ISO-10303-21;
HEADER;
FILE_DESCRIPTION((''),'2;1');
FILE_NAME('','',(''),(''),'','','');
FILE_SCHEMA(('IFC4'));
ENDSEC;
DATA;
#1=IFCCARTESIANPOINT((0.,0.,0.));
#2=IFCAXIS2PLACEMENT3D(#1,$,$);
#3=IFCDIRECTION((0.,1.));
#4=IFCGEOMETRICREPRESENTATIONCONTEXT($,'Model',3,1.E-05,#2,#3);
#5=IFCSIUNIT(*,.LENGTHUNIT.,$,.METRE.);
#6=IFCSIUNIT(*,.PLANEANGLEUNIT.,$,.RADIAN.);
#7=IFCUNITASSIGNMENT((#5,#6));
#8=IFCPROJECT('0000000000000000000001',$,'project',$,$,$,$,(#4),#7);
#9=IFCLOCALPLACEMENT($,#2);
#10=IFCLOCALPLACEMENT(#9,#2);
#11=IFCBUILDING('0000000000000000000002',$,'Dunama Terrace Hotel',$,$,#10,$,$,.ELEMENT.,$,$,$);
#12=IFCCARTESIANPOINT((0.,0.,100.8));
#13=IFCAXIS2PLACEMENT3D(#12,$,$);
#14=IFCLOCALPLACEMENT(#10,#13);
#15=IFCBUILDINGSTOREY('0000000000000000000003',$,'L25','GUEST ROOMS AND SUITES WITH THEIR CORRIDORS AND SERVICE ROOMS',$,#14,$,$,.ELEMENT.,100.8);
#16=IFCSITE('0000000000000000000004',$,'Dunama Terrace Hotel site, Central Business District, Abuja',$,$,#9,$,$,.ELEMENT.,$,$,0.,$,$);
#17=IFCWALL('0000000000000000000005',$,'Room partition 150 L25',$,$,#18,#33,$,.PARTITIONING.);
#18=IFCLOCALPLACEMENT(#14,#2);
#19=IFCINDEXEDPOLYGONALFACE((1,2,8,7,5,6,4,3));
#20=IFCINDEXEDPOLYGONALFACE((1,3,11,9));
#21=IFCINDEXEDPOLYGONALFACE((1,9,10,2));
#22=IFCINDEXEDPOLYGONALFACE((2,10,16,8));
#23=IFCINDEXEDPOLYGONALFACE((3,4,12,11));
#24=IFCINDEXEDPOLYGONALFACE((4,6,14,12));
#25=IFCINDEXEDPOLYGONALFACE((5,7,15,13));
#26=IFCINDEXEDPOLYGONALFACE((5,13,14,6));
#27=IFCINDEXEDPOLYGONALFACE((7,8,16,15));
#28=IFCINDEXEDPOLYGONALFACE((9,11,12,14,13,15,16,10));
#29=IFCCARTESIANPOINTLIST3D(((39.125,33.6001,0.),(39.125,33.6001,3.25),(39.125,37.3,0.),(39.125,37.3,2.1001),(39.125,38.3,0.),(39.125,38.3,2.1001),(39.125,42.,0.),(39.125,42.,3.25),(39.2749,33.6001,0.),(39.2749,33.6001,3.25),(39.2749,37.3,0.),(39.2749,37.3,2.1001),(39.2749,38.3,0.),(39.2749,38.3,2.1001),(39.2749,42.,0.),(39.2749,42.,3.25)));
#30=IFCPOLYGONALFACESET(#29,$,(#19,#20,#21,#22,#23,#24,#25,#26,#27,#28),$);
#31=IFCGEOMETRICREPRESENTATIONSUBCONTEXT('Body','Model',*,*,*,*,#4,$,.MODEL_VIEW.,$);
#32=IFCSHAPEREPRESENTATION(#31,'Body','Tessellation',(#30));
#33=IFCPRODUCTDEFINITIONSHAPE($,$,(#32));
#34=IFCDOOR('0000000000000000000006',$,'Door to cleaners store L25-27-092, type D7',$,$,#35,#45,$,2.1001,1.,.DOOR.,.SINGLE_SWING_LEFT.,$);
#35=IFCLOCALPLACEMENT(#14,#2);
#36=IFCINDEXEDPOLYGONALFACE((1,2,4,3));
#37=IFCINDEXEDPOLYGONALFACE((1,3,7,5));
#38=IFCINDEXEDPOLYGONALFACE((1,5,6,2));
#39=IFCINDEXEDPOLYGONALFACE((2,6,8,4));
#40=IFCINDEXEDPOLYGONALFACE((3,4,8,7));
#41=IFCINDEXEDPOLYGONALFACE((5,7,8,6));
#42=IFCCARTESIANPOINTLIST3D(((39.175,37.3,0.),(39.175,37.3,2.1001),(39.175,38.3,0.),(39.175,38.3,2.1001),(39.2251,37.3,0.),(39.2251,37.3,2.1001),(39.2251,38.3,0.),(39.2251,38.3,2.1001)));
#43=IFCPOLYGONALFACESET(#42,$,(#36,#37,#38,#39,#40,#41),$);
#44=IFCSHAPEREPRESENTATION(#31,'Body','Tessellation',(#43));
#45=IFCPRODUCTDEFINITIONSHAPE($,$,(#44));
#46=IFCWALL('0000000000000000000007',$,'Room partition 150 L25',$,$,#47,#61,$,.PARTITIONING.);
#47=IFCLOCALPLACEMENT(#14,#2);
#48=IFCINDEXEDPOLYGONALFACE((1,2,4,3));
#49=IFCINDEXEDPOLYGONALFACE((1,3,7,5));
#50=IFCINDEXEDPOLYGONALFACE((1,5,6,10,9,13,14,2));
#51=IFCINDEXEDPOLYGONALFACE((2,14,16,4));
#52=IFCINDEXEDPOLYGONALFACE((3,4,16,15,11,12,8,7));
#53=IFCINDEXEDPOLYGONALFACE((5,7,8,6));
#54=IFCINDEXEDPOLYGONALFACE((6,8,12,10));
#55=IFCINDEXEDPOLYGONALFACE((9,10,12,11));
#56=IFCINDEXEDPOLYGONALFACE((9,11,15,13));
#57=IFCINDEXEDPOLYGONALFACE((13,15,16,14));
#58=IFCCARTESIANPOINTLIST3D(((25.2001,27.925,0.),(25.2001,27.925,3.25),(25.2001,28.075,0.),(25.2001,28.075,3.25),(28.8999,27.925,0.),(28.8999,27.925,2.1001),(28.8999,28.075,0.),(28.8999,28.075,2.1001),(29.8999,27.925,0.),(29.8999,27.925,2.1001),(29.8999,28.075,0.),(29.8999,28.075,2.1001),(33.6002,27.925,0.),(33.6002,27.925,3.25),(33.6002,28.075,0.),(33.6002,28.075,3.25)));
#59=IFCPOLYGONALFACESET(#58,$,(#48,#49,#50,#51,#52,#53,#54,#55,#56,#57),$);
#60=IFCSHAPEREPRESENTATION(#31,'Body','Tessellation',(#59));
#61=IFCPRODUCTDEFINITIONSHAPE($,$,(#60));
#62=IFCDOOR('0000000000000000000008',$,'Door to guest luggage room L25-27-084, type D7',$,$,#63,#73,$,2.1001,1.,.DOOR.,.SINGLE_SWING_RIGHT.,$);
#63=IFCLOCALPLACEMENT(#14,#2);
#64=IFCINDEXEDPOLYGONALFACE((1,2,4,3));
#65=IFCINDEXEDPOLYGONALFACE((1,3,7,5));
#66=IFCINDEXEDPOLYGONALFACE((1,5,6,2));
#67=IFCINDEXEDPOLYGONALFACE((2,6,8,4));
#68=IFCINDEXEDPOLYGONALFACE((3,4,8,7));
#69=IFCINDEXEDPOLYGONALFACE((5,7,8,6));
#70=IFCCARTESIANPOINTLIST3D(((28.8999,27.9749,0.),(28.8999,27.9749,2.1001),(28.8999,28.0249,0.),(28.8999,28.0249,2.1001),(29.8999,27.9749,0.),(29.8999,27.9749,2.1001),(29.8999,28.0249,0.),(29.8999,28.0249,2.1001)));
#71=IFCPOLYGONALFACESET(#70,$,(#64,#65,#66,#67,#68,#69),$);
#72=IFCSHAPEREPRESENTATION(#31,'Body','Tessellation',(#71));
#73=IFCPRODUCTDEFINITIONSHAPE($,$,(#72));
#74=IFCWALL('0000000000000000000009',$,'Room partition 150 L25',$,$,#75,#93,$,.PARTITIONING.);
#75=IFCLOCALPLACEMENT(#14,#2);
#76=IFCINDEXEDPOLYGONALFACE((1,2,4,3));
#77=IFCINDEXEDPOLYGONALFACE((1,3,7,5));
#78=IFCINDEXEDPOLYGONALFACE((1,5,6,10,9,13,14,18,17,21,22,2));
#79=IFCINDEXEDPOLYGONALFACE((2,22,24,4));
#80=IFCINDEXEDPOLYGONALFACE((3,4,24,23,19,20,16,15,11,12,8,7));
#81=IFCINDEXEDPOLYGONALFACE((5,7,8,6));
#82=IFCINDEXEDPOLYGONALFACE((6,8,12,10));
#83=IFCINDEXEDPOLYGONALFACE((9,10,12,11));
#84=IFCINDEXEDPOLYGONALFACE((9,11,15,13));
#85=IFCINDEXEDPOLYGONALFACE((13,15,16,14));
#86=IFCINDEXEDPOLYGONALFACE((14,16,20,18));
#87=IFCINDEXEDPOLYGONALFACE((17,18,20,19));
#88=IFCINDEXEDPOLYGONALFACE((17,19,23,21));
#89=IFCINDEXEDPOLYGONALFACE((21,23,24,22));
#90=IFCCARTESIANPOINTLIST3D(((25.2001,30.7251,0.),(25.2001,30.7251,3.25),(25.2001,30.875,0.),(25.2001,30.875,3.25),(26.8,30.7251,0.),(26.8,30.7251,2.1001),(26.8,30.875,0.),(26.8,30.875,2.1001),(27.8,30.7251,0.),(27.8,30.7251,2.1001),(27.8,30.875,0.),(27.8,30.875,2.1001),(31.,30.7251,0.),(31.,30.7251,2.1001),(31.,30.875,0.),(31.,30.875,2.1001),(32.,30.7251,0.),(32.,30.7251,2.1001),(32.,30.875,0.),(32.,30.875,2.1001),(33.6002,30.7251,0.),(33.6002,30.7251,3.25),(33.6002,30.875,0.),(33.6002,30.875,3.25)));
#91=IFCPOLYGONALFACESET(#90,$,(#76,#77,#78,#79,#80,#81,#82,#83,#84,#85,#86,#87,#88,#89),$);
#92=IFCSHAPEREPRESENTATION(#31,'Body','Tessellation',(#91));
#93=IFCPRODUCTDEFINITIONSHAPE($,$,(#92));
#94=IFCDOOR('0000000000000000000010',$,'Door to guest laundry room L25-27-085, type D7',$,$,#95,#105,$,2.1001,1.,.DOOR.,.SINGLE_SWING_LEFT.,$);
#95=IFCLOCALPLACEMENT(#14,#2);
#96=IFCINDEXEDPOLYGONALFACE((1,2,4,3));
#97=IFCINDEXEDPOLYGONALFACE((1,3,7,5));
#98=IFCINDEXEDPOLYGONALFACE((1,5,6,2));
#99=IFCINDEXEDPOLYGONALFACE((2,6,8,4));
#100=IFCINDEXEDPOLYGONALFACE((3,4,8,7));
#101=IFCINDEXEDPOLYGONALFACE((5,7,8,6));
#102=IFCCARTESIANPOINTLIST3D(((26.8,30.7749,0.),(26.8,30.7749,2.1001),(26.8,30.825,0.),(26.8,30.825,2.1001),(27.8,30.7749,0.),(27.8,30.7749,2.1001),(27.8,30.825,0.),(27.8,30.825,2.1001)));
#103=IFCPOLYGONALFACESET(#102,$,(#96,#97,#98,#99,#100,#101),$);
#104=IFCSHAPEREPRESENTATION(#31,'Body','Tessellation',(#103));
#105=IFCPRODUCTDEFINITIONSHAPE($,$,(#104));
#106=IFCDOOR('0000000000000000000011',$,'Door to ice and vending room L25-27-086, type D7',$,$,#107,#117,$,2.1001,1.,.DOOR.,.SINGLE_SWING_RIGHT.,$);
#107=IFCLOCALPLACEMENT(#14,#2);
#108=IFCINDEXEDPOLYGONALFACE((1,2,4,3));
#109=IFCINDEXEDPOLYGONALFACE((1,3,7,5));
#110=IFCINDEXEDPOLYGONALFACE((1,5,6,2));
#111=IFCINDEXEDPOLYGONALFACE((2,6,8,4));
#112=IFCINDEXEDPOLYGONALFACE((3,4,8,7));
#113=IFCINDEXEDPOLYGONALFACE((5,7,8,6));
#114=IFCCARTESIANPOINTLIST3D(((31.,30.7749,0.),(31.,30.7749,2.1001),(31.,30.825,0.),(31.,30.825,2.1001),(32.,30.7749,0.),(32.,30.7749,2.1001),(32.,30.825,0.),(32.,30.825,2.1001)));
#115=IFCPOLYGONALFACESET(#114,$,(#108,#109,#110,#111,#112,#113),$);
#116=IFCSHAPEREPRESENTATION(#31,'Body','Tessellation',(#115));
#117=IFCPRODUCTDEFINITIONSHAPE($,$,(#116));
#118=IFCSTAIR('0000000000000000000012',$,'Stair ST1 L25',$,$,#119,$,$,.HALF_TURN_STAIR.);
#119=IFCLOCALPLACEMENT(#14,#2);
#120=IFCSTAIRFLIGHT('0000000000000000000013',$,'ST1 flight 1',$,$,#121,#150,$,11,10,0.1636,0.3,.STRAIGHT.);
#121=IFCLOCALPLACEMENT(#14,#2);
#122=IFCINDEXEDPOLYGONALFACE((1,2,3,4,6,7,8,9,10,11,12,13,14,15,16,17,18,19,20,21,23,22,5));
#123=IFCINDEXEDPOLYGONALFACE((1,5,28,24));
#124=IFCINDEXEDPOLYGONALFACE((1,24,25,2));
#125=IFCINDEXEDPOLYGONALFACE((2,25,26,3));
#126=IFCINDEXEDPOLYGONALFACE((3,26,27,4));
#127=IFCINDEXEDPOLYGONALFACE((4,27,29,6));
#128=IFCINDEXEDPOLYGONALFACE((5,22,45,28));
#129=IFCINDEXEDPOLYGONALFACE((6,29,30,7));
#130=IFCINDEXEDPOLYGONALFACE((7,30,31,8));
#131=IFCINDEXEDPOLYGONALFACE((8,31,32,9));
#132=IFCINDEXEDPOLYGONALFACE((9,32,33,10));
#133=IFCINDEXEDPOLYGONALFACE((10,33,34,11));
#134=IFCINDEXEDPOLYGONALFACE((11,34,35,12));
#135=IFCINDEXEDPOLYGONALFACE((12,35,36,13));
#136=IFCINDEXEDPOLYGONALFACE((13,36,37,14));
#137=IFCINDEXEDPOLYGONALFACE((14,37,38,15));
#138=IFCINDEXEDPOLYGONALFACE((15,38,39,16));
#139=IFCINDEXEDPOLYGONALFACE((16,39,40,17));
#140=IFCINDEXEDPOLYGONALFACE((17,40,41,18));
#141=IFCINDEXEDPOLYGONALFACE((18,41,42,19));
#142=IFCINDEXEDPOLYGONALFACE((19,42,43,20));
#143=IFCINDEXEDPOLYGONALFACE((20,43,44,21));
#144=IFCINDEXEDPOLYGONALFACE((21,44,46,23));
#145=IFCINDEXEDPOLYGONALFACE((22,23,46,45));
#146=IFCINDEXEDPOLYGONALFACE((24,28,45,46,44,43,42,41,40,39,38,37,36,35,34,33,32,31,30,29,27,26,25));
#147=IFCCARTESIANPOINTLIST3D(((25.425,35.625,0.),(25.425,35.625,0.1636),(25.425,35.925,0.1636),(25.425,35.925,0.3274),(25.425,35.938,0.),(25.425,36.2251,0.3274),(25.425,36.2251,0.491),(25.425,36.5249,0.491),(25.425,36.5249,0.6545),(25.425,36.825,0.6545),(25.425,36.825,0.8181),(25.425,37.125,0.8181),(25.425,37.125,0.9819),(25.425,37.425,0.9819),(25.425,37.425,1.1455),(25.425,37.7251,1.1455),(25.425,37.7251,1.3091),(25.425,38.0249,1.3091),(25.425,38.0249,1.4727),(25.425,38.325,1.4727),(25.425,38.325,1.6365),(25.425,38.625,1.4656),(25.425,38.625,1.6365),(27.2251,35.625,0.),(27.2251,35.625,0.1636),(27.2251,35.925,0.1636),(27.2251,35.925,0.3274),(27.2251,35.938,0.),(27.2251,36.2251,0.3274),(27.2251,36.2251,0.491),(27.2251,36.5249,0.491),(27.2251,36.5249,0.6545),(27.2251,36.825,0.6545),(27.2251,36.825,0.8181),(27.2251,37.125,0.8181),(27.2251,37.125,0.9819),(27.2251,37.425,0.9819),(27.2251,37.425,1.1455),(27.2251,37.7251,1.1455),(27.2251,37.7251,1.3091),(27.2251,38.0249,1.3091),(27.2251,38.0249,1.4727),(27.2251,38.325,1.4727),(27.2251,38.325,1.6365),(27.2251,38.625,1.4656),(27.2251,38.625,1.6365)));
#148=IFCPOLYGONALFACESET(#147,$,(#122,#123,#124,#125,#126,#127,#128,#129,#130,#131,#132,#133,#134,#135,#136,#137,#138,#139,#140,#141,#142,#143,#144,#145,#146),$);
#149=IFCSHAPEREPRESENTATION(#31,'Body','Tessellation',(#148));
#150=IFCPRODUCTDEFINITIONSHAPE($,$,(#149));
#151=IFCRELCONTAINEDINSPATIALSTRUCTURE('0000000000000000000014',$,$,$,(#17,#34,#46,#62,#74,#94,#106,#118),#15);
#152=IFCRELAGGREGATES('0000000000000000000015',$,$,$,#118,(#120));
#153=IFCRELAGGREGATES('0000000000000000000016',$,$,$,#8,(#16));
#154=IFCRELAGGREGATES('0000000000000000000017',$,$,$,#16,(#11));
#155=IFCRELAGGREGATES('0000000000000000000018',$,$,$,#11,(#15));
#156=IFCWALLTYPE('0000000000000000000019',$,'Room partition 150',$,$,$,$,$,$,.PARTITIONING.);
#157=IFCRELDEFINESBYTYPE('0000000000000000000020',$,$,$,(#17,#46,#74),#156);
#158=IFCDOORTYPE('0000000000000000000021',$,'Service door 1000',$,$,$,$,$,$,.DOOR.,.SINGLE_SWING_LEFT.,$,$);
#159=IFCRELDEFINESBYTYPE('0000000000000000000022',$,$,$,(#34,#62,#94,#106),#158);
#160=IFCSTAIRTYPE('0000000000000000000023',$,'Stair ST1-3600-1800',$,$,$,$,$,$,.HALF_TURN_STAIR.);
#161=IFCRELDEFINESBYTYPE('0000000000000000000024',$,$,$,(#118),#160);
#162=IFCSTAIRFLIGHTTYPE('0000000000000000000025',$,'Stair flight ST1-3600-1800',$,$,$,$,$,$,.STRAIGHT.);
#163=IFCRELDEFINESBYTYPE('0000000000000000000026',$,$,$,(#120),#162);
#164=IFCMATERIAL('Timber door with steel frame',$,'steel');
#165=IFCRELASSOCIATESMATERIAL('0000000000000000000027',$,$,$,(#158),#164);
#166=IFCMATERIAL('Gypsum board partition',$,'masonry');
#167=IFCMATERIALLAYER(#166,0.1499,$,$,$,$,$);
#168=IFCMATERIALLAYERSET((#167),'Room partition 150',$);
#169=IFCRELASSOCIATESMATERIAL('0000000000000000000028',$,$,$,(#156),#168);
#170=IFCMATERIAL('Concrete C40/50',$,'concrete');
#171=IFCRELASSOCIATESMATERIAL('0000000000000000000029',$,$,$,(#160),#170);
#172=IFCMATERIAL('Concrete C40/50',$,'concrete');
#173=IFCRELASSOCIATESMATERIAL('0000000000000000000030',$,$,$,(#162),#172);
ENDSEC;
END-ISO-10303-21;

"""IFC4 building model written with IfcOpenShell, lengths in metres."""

from ifc_helpers import new_model, si_unit, direction, frame, frame_2d, origin, place, context, subcontext, project, spatial, polyline, rectangle, outline, extrude, material, layer, layer_set, type_object, element, fill, aggregate, save


model = new_model("IFC4")

# Units and contexts
model_context = context("Model", 3, precision=1e-05, world=origin(), true_north=direction((0.0, 1.0)))
body_context = subcontext(model_context, "Body", "Model", "MODEL_VIEW")
ifc_project = project(units=[si_unit("LENGTHUNIT", "METRE"), si_unit("PLANEANGLEUNIT", "RADIAN")], contexts=[model_context])

# Site, building, storey
site_placement = place(None, origin())
site = spatial("IfcSite", under=ifc_project, at=site_placement, Name="Dunama Terrace Hotel site, Central Business District, Abuja", CompositionType="ELEMENT", RefElevation=0.0)
building_placement = place(site_placement, origin())
building = spatial("IfcBuilding", under=site, at=building_placement, Name="Dunama Terrace Hotel", CompositionType="ELEMENT")
storey_placement = place(building_placement, frame((0.0, 0.0, 100.8)))
storey = spatial("IfcBuildingStorey", under=building, at=storey_placement, Name="L25", Description="GUEST ROOMS AND SUITES WITH THEIR CORRIDORS AND SERVICE ROOMS", CompositionType="ELEMENT", Elevation=100.8)

# Shared definitions
ifc_material_1 = material(Name="Timber door with steel frame", Category="steel")
door_type_1 = type_object("IfcDoorType", Name="Service door 1000", OperationType="SINGLE_SWING_LEFT", PredefinedType="DOOR", material=ifc_material_1)

# Shared definitions
ifc_material_2 = material(Name="Gypsum board partition", Category="masonry")
ifc_layer_1 = layer(ifc_material_2, 0.1499)
ifc_layer_set_1 = layer_set([ifc_layer_1], Name="Room partition 150")
wall_type_1 = type_object("IfcWallType", Name="Room partition 150", PredefinedType="PARTITIONING", material=ifc_layer_set_1)

# Walls, openings, doors
wall_1_placement = place(storey_placement, frame((39.2, 33.6001, 0.0), z_axis=(0.0, 0.0, 1.0), x_axis=(0.0, 1.0, 0.0)))
wall_1 = element("IfcWall", 1, at=wall_1_placement, inside=storey, type_object=wall_type_1, Name="Room partition 150 L25", PredefinedType="PARTITIONING", context=body_context, shape_type="SweptSolid", body=[
    extrude(rectangle(XDim=8.3999, YDim=0.1499, at=frame_2d((4.2, 0.0))), origin(), (0.0, 0.0, 1.0), 3.25),
])
opening_1_placement = place(wall_1_placement, frame((3.7, 0.0, 0.0)))
opening_1 = element("IfcOpeningElement", 2, at=opening_1_placement, cuts=wall_1, PredefinedType="OPENING", context=body_context, shape_type="SweptSolid", body=[
    extrude(rectangle(XDim=1.0, YDim=2.1001, at=frame_2d((0.5, 1.05))), frame((0.0, 0.085, 0.0), z_axis=(0.0, -1.0, 0.0), x_axis=(1.0, 0.0, 0.0)), (0.0, 0.0, 1.0), 0.1699),
])
door_1_placement = place(opening_1_placement, origin())
door_1 = element("IfcDoor", 3, at=door_1_placement, inside=storey, type_object=door_type_1, Name="Door to cleaners store L25-27-092, type D7", OperationType="SINGLE_SWING_LEFT", OverallHeight=2.1001, OverallWidth=1.0, PredefinedType="DOOR", context=body_context, shape_type="SweptSolid", body=[
    extrude(rectangle(XDim=1.0, YDim=2.1001, at=frame_2d((0.5, 1.05))), frame((0.0, 0.0249, 0.0), z_axis=(0.0, -1.0, 0.0), x_axis=(1.0, 0.0, 0.0)), (0.0, 0.0, 1.0), 0.05),
])
fill(opening_1, door_1)
wall_2_placement = place(storey_placement, frame((25.2, 28.0, 0.0), z_axis=(0.0, 0.0, 1.0), x_axis=(1.0, 0.0, 0.0)))
wall_2 = element("IfcWall", 4, at=wall_2_placement, inside=storey, type_object=wall_type_1, Name="Room partition 150 L25", PredefinedType="PARTITIONING", context=body_context, shape_type="SweptSolid", body=[
    extrude(rectangle(XDim=8.4001, YDim=0.1499, at=frame_2d((4.2002, 0.0))), origin(), (0.0, 0.0, 1.0), 3.25),
])
opening_2_placement = place(wall_2_placement, frame((3.7, 0.0, 0.0)))
opening_2 = element("IfcOpeningElement", 5, at=opening_2_placement, cuts=wall_2, PredefinedType="OPENING", context=body_context, shape_type="SweptSolid", body=[
    extrude(rectangle(XDim=1.0, YDim=2.1001, at=frame_2d((0.5, 1.05))), frame((0.0, 0.085, 0.0), z_axis=(0.0, -1.0, 0.0), x_axis=(1.0, 0.0, 0.0)), (0.0, 0.0, 1.0), 0.1699),
])
door_2_placement = place(opening_2_placement, frame((1.0, 0.0, 0.0), z_axis=(0.0, 0.0, 1.0), x_axis=(-1.0, 0.0, 0.0)))
door_2 = element("IfcDoor", 6, at=door_2_placement, inside=storey, type_object=door_type_1, Name="Door to guest luggage room L25-27-084, type D7", OperationType="SINGLE_SWING_RIGHT", OverallHeight=2.1001, OverallWidth=1.0, PredefinedType="DOOR", context=body_context, shape_type="SweptSolid", body=[
    extrude(rectangle(XDim=1.0, YDim=2.1001, at=frame_2d((0.5, 1.05))), frame((0.0, 0.0251, 0.0), z_axis=(0.0, -1.0, 0.0), x_axis=(1.0, 0.0, 0.0)), (0.0, 0.0, 1.0), 0.05),
])
fill(opening_2, door_2)

# Wall, openings, doors
wall_3_placement = place(storey_placement, frame((25.2, 30.8, 0.0), z_axis=(0.0, 0.0, 1.0), x_axis=(1.0, 0.0, 0.0)))
wall_3 = element("IfcWall", 7, at=wall_3_placement, inside=storey, type_object=wall_type_1, Name="Room partition 150 L25", PredefinedType="PARTITIONING", context=body_context, shape_type="SweptSolid", body=[
    extrude(rectangle(XDim=8.4001, YDim=0.1499, at=frame_2d((4.2002, 0.0))), origin(), (0.0, 0.0, 1.0), 3.25),
])
opening_3_placement = place(wall_3_placement, frame((1.6001, 0.0, 0.0)))
opening_3 = element("IfcOpeningElement", 8, at=opening_3_placement, cuts=wall_3, PredefinedType="OPENING", context=body_context, shape_type="SweptSolid", body=[
    extrude(rectangle(XDim=1.0, YDim=2.1001, at=frame_2d((0.5, 1.05))), frame((0.0, 0.085, 0.0), z_axis=(0.0, -1.0, 0.0), x_axis=(1.0, 0.0, 0.0)), (0.0, 0.0, 1.0), 0.1699),
])
opening_4_placement = place(wall_3_placement, frame((5.8, 0.0, 0.0)))
opening_4 = element("IfcOpeningElement", 9, at=opening_4_placement, cuts=wall_3, PredefinedType="OPENING", context=body_context, shape_type="SweptSolid", body=[
    extrude(rectangle(XDim=1.0, YDim=2.1001, at=frame_2d((0.5, 1.05))), frame((0.0, 0.085, 0.0), z_axis=(0.0, -1.0, 0.0), x_axis=(1.0, 0.0, 0.0)), (0.0, 0.0, 1.0), 0.1699),
])
door_3_placement = place(opening_3_placement, origin())
door_3 = element("IfcDoor", 10, at=door_3_placement, inside=storey, type_object=door_type_1, Name="Door to guest laundry room L25-27-085, type D7", OperationType="SINGLE_SWING_LEFT", OverallHeight=2.1001, OverallWidth=1.0, PredefinedType="DOOR", context=body_context, shape_type="SweptSolid", body=[
    extrude(rectangle(XDim=1.0, YDim=2.1001, at=frame_2d((0.5, 1.05))), frame((0.0, 0.0249, 0.0), z_axis=(0.0, -1.0, 0.0), x_axis=(1.0, 0.0, 0.0)), (0.0, 0.0, 1.0), 0.05),
])
fill(opening_3, door_3)
door_4_placement = place(opening_4_placement, origin())
door_4 = element("IfcDoor", 11, at=door_4_placement, inside=storey, type_object=door_type_1, Name="Door to ice and vending room L25-27-086, type D7", OperationType="SINGLE_SWING_RIGHT", OverallHeight=2.1001, OverallWidth=1.0, PredefinedType="DOOR", context=body_context, shape_type="SweptSolid", body=[
    extrude(rectangle(XDim=1.0, YDim=2.1001, at=frame_2d((0.5, 1.05))), frame((0.0, 0.0249, 0.0), z_axis=(0.0, -1.0, 0.0), x_axis=(1.0, 0.0, 0.0)), (0.0, 0.0, 1.0), 0.05),
])
fill(opening_4, door_4)

# Stair, stair flight
ifc_material_3 = material(Name="Concrete C40/50", Category="concrete")
stair_type = type_object("IfcStairType", Name="Stair ST1-3600-1800", PredefinedType="HALF_TURN_STAIR", material=ifc_material_3)
stair_placement = place(storey_placement, origin())
stair = element("IfcStair", 12, at=stair_placement, inside=storey, type_object=stair_type, Name="Stair ST1 L25", PredefinedType="HALF_TURN_STAIR")
ifc_material_4 = material(Name="Concrete C40/50", Category="concrete")
stair_flight_type = type_object("IfcStairFlightType", Name="Stair flight ST1-3600-1800", PredefinedType="STRAIGHT", material=ifc_material_4)
stair_flight_placement = place(storey_placement, frame((26.325, 35.625, 0.0), z_axis=(0.0, 0.0, 1.0), x_axis=(0.0, 1.0, 0.0)))
stair_flight = element("IfcStairFlight", 13, at=stair_flight_placement, type_object=stair_flight_type, Name="ST1 flight 1", NumberOfRisers=11, NumberOfTreads=10, PredefinedType="STRAIGHT", RiserHeight=0.1636, TreadLength=0.3, context=body_context, shape_type="SweptSolid", body=[
    extrude(outline(polyline([(0.0, 0.0), (0.0, 0.1636), (0.3, 0.1636), (0.3, 0.3274), (0.6001, 0.3274), (0.6001, 0.491), (0.8999, 0.491), (0.8999, 0.6545), (1.2, 0.6545), (1.2, 0.8181), (1.5, 0.8181), (1.5, 0.9819), (1.8, 0.9819), (1.8, 1.1455), (2.1001, 1.1455), (2.1001, 1.3091), (2.3999, 1.3091), (2.3999, 1.4727), (2.7, 1.4727), (2.7, 1.6365), (3.0, 1.6365), (3.0, 1.8), (3.0, 1.4656), (0.313, 0.0), (0.0, 0.0)])), frame((0.0, 0.8999, 0.0), z_axis=(0.0, -1.0, 0.0), x_axis=(1.0, 0.0, 0.0)), (0.0, 0.0, 1.0), 1.8),
])
aggregate(stair, [stair_flight])

save(model, "model.ifc")
